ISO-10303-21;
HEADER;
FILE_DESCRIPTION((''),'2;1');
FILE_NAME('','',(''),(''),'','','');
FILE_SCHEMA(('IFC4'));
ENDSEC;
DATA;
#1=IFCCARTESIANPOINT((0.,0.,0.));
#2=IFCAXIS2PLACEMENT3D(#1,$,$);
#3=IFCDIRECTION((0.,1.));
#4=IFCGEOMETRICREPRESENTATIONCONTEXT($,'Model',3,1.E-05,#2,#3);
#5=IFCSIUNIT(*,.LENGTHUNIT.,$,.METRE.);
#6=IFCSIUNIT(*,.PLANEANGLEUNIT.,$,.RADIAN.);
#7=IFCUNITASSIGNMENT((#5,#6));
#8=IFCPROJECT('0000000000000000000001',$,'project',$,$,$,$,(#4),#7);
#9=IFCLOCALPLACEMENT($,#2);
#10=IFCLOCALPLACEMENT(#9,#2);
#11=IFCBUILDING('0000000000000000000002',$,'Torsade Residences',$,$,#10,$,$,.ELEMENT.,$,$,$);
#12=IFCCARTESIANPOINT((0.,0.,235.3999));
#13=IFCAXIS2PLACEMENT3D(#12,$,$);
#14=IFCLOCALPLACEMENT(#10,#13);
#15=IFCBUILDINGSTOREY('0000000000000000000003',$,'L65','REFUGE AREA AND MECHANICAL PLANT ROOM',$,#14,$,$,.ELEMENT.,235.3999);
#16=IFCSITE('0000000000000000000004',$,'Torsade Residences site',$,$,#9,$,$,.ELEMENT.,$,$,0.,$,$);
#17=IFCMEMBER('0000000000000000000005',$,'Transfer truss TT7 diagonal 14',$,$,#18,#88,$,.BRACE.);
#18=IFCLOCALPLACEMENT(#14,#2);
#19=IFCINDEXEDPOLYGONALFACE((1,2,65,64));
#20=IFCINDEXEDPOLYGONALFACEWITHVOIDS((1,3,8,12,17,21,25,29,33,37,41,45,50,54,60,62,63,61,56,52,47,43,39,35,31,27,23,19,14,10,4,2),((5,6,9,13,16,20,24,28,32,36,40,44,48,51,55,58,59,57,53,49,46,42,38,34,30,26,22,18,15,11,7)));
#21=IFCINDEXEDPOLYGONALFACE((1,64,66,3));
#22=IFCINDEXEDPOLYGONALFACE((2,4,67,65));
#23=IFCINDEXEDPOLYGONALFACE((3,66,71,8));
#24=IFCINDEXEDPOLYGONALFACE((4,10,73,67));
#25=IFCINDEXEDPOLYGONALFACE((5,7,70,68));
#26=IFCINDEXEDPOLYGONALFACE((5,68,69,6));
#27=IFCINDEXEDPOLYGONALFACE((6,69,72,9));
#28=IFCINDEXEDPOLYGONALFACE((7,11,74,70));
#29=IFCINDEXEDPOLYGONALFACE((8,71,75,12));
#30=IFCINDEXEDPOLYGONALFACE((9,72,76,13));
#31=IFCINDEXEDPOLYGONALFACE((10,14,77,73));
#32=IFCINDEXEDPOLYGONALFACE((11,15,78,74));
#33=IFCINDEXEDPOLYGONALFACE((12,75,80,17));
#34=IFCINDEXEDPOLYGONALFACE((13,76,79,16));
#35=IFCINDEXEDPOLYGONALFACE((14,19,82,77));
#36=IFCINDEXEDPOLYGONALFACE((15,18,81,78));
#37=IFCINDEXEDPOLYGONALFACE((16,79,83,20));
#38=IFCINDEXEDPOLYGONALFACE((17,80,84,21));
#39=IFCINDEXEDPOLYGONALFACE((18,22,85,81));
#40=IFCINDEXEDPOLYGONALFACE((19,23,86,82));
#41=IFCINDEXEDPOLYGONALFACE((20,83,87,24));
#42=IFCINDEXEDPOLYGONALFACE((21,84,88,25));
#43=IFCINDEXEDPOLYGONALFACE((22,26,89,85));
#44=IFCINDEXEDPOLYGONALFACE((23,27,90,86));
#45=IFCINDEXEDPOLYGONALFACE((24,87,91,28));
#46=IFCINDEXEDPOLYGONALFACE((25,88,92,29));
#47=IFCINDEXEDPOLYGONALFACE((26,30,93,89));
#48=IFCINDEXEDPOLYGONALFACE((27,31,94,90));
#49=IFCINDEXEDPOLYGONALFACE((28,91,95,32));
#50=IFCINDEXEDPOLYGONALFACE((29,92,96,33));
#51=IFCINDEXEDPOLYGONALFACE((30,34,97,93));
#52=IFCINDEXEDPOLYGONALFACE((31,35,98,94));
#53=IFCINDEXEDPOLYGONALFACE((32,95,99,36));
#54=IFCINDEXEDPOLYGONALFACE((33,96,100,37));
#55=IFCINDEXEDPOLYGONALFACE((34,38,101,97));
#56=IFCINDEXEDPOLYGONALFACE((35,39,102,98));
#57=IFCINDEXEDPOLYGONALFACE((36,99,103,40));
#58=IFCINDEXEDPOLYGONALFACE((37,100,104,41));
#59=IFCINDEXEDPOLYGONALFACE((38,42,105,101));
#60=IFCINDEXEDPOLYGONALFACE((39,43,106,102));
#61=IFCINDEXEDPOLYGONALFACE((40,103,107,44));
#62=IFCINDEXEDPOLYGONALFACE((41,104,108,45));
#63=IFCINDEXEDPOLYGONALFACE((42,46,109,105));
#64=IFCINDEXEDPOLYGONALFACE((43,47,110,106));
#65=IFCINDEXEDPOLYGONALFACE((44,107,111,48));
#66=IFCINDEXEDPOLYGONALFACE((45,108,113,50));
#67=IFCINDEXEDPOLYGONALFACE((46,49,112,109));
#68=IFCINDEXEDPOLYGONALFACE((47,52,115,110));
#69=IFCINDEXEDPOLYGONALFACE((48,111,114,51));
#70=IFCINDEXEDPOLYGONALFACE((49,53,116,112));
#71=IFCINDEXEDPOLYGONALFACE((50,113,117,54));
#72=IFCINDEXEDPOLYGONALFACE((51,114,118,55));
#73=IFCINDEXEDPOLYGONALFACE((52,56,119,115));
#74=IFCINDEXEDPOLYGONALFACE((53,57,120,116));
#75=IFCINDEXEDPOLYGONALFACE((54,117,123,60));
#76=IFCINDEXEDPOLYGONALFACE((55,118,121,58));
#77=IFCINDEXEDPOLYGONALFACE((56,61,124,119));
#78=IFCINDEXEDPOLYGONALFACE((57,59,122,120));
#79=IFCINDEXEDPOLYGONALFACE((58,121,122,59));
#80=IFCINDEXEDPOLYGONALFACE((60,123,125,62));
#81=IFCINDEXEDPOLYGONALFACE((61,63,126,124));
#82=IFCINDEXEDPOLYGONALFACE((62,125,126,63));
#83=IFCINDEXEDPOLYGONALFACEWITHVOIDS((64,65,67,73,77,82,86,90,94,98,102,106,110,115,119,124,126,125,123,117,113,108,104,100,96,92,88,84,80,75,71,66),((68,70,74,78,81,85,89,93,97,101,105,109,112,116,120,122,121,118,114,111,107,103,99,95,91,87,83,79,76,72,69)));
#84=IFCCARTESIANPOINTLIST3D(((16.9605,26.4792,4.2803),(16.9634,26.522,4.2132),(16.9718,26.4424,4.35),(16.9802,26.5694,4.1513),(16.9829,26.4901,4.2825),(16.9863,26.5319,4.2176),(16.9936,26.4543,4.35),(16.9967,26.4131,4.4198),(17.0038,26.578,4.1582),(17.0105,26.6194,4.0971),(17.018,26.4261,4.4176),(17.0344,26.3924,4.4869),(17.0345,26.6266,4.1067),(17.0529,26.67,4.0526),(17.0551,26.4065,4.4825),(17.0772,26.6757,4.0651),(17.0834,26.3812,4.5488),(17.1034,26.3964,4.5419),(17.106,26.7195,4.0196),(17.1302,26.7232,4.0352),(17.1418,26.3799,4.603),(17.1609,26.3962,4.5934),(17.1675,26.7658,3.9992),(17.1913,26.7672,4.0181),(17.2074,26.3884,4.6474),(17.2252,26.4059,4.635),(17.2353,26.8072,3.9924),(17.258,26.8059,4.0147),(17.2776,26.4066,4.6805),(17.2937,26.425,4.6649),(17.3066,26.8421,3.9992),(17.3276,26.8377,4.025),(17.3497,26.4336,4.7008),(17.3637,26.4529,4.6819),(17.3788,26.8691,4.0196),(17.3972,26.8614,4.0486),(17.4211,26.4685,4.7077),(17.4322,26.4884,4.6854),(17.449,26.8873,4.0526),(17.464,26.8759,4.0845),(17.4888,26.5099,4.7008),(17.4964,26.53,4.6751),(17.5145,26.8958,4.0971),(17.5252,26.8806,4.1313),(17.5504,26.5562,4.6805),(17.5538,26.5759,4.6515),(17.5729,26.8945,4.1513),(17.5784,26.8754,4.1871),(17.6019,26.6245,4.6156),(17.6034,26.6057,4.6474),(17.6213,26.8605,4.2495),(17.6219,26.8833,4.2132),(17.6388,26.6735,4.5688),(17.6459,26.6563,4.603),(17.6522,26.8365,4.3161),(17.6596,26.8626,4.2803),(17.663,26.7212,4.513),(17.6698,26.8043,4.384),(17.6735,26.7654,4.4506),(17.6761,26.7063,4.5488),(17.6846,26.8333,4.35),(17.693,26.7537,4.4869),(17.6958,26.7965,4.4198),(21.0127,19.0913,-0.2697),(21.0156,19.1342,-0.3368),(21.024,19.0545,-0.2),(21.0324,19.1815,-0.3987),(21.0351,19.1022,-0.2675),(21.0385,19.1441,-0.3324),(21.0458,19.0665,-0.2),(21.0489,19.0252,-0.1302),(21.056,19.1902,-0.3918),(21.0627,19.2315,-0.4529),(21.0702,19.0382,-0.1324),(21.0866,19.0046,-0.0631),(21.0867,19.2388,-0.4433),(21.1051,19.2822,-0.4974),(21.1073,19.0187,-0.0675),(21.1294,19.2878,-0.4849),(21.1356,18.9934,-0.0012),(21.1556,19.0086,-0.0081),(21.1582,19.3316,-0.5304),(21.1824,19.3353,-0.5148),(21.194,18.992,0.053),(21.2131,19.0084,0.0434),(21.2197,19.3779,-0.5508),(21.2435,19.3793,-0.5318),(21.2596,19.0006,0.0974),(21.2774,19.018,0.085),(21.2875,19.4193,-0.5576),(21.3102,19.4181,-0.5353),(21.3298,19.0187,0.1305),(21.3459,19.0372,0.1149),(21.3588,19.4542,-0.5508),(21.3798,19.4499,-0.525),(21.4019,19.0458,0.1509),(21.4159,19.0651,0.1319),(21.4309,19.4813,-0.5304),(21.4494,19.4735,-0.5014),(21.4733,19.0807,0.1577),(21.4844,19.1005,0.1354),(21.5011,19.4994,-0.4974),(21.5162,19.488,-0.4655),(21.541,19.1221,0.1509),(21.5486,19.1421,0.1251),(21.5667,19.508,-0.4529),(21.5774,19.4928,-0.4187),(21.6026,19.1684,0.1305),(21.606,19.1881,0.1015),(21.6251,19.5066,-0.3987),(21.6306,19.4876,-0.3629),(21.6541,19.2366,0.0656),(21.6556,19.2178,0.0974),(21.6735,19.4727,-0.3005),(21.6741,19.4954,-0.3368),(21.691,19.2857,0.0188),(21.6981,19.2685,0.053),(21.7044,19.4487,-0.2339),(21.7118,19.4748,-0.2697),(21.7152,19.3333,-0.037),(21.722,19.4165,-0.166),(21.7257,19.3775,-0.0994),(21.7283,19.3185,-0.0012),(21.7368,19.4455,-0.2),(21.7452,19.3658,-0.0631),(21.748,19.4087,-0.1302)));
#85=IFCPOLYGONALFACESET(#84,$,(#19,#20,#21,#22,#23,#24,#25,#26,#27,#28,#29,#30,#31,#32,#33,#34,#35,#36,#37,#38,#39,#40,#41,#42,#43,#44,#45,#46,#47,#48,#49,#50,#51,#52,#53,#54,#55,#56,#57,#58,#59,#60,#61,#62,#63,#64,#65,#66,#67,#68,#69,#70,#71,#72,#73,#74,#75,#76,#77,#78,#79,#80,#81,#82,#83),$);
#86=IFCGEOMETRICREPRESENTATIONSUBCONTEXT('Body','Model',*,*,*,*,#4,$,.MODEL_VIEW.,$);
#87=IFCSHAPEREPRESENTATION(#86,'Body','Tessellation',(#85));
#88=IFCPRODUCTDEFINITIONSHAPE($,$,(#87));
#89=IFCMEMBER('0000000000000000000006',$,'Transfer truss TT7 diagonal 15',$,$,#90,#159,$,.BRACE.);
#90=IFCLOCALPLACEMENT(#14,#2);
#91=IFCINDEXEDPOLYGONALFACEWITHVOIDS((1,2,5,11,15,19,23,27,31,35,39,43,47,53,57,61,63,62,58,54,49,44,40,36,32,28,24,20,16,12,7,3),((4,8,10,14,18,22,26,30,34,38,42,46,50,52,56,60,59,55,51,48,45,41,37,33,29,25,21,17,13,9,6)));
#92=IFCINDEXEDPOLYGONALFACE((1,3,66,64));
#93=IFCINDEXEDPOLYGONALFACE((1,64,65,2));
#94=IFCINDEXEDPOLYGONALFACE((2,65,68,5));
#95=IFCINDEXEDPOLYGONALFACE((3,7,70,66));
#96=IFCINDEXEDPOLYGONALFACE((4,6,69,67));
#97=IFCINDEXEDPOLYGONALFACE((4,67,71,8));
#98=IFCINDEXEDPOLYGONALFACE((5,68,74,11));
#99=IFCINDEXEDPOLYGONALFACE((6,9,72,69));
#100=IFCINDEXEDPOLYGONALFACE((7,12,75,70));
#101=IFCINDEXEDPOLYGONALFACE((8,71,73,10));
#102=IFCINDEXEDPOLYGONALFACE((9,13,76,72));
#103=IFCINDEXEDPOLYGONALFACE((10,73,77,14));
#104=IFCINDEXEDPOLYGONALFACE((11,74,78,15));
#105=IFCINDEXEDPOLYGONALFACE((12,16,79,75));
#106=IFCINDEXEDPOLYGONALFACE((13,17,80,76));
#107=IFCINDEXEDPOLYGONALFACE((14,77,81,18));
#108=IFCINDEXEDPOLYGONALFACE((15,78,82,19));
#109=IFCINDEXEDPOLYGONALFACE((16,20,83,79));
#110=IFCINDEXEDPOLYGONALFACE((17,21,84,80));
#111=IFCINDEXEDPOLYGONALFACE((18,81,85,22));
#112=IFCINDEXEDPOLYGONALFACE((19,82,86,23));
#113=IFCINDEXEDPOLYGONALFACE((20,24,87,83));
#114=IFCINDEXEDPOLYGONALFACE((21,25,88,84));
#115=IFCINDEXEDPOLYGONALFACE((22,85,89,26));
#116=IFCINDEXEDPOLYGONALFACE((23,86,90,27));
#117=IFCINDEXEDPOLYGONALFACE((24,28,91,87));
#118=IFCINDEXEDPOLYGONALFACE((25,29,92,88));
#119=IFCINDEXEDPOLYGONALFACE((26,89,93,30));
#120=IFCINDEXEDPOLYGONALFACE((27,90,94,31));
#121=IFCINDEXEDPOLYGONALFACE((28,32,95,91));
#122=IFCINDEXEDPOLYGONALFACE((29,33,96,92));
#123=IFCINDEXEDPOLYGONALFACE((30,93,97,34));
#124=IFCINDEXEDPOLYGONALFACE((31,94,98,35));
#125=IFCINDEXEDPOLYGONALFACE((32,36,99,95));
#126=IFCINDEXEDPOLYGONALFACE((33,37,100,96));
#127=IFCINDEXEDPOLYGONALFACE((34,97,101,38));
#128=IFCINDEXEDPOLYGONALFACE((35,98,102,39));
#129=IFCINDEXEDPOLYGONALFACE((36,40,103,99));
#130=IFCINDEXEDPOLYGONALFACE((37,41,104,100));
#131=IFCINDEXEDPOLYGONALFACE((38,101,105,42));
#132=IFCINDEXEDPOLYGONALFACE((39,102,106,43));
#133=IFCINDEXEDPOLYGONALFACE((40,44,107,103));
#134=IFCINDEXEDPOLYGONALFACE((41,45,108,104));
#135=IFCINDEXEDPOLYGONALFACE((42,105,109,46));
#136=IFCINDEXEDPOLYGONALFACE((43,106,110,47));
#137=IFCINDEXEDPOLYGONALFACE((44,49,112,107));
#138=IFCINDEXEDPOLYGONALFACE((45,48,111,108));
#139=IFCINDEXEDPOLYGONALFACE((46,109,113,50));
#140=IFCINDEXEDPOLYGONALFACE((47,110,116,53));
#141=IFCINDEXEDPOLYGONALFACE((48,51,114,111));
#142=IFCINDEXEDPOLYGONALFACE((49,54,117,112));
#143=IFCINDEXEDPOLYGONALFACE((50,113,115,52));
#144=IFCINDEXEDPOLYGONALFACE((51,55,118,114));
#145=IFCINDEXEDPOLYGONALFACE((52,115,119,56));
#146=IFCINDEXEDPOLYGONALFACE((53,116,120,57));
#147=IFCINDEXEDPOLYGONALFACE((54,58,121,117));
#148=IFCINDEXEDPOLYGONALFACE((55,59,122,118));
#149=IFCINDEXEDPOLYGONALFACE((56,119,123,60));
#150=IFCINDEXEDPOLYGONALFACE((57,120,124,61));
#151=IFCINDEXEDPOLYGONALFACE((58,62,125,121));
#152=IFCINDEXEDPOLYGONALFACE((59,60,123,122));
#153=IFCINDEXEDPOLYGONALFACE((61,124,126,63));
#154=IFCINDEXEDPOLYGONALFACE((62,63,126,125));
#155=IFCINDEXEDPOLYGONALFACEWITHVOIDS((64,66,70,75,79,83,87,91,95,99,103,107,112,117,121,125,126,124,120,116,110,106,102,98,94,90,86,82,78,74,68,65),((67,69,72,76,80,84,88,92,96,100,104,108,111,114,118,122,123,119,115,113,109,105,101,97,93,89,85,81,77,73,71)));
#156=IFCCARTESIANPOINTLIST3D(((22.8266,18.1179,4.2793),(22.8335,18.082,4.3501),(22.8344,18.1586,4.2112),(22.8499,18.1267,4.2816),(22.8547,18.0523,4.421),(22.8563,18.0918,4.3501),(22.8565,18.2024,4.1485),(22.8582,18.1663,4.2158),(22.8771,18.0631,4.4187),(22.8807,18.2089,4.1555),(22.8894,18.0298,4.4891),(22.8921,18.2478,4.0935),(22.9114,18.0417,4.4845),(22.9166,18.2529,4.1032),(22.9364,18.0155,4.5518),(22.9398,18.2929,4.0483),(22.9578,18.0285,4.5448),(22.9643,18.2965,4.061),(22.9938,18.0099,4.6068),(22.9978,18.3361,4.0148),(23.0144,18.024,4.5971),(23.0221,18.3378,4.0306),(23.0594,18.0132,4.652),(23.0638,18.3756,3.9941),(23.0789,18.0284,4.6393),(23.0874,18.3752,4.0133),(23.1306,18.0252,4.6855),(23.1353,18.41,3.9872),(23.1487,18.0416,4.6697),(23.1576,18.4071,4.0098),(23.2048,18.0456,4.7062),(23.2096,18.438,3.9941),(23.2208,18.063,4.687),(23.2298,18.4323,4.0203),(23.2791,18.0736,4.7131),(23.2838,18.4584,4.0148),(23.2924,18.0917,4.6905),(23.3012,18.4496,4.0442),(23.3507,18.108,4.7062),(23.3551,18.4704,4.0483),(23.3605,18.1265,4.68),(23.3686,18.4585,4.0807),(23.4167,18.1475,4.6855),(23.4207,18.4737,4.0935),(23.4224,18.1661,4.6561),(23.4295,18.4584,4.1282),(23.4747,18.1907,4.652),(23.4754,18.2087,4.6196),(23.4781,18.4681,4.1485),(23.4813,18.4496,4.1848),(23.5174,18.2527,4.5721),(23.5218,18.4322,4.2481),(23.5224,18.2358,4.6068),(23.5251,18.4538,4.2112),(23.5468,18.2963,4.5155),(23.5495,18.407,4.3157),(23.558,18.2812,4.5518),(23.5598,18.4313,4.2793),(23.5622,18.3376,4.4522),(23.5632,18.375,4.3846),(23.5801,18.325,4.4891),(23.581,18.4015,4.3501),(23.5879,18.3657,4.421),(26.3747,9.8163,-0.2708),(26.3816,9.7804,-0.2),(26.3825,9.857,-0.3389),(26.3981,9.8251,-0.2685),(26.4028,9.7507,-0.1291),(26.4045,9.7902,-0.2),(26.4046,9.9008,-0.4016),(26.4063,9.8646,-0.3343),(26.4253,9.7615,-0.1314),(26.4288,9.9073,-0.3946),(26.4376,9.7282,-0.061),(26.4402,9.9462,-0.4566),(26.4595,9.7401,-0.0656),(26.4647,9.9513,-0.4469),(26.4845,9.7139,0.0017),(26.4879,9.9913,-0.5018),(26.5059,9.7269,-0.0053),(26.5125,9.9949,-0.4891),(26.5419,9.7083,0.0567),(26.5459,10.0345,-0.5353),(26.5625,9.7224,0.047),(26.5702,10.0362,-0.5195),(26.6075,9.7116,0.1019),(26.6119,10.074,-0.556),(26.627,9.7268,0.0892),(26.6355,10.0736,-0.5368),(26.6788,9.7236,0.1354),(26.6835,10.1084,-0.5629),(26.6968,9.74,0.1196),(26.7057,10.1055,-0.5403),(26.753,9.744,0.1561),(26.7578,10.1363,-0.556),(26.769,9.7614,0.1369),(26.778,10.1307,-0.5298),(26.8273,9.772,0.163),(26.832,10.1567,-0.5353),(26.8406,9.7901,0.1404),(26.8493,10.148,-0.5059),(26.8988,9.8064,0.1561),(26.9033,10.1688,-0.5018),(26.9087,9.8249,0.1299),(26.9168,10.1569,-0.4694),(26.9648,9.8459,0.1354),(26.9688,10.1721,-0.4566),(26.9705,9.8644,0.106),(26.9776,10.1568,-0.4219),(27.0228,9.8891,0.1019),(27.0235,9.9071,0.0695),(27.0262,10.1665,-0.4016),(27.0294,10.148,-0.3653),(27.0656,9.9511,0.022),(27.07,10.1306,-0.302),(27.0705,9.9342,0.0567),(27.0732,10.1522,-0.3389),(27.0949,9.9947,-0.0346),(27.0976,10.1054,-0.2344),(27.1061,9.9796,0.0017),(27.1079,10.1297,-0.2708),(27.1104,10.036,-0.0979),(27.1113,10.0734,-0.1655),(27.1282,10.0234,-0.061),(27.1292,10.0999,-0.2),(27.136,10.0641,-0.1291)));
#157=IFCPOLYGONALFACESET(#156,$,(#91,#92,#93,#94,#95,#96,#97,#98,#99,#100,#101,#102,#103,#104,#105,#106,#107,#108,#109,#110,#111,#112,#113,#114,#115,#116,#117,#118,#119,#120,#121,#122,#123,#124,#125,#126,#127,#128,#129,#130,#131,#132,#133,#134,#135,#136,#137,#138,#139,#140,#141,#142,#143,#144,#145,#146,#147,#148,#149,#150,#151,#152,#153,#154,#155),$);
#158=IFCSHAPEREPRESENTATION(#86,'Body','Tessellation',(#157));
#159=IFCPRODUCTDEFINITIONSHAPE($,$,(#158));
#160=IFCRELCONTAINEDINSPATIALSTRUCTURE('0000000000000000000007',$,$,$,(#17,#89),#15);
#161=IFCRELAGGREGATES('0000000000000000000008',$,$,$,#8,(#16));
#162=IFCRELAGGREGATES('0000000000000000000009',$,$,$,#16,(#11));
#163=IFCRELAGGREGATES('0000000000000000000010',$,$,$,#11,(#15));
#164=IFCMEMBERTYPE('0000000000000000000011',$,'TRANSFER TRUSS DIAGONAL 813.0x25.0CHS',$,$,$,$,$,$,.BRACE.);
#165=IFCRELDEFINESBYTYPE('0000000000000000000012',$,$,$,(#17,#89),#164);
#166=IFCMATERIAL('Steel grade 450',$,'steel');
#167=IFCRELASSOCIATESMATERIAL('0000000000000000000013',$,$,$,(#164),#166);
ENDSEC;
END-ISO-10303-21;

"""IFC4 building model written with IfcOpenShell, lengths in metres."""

from ifc_helpers import new_model, si_unit, direction, frame, origin, origin_2d, place, context, subcontext, project, spatial, hollow_circle, extrude, material, material_profile, profile_set, type_object, element, save


model = new_model("IFC4")

# Units and contexts
model_context = context("Model", 3, precision=1e-05, world=origin(), true_north=direction((0.0, 1.0)))
body_context = subcontext(model_context, "Body", "Model", "MODEL_VIEW")
ifc_project = project(units=[si_unit("LENGTHUNIT", "METRE"), si_unit("PLANEANGLEUNIT", "RADIAN")], contexts=[model_context])

# Site, building, storey
site_placement = place(None, origin())
site = spatial("IfcSite", under=ifc_project, at=site_placement, Name="Torsade Residences site", CompositionType="ELEMENT", RefElevation=0.0)
building_placement = place(site_placement, origin())
building = spatial("IfcBuilding", under=site, at=building_placement, Name="Torsade Residences", CompositionType="ELEMENT")
storey_placement = place(building_placement, frame((0.0, 0.0, 235.3999)))
storey = spatial("IfcBuildingStorey", under=building, at=storey_placement, Name="L65", Description="REFUGE AREA AND MECHANICAL PLANT ROOM", CompositionType="ELEMENT", Elevation=235.3999)

# Members
ifc_material_1 = material(Name="Steel grade 450", Category="steel")
ifc_material_profile_1 = material_profile(ifc_material_1, hollow_circle(Radius=0.4065, WallThickness=0.0249, at=origin_2d()), Name="813.0x25.0CHS")
ifc_profile_set_1 = profile_set([ifc_material_profile_1], Name="Steel grade 450")
member_type_1 = type_object("IfcMemberType", Name="TRANSFER TRUSS DIAGONAL 813.0x25.0CHS", PredefinedType="BRACE", material=ifc_profile_set_1)
member_1_placement = place(storey_placement, frame((21.3804, 19.25, -0.2), z_axis=(-0.423154, 0.771483, 0.475137), x_axis=(-0.876773, -0.480905, 0.0)))
element("IfcMember", 1, at=member_1_placement, inside=storey, type_object=member_type_1, Name="Transfer truss TT7 diagonal 14", PredefinedType="BRACE", context=body_context, shape_type="SweptSolid", body=[
    extrude(hollow_circle(Radius=0.4065, WallThickness=0.0249, at=origin_2d()), origin(), (0.0, 0.0, 1.0), 9.5762),
])
member_2_placement = place(storey_placement, frame((26.7554, 9.9402, -0.2), z_axis=(-0.350958, 0.821139, 0.450065), x_axis=(-0.919533, -0.393012, 0.0)))
element("IfcMember", 2, at=member_2_placement, inside=storey, type_object=member_type_1, Name="Transfer truss TT7 diagonal 15", PredefinedType="BRACE", context=body_context, shape_type="SweptSolid", body=[
    extrude(hollow_circle(Radius=0.4065, WallThickness=0.0249, at=origin_2d()), origin(), (0.0, 0.0, 1.0), 10.1099),
])

save(model, "model.ifc")
